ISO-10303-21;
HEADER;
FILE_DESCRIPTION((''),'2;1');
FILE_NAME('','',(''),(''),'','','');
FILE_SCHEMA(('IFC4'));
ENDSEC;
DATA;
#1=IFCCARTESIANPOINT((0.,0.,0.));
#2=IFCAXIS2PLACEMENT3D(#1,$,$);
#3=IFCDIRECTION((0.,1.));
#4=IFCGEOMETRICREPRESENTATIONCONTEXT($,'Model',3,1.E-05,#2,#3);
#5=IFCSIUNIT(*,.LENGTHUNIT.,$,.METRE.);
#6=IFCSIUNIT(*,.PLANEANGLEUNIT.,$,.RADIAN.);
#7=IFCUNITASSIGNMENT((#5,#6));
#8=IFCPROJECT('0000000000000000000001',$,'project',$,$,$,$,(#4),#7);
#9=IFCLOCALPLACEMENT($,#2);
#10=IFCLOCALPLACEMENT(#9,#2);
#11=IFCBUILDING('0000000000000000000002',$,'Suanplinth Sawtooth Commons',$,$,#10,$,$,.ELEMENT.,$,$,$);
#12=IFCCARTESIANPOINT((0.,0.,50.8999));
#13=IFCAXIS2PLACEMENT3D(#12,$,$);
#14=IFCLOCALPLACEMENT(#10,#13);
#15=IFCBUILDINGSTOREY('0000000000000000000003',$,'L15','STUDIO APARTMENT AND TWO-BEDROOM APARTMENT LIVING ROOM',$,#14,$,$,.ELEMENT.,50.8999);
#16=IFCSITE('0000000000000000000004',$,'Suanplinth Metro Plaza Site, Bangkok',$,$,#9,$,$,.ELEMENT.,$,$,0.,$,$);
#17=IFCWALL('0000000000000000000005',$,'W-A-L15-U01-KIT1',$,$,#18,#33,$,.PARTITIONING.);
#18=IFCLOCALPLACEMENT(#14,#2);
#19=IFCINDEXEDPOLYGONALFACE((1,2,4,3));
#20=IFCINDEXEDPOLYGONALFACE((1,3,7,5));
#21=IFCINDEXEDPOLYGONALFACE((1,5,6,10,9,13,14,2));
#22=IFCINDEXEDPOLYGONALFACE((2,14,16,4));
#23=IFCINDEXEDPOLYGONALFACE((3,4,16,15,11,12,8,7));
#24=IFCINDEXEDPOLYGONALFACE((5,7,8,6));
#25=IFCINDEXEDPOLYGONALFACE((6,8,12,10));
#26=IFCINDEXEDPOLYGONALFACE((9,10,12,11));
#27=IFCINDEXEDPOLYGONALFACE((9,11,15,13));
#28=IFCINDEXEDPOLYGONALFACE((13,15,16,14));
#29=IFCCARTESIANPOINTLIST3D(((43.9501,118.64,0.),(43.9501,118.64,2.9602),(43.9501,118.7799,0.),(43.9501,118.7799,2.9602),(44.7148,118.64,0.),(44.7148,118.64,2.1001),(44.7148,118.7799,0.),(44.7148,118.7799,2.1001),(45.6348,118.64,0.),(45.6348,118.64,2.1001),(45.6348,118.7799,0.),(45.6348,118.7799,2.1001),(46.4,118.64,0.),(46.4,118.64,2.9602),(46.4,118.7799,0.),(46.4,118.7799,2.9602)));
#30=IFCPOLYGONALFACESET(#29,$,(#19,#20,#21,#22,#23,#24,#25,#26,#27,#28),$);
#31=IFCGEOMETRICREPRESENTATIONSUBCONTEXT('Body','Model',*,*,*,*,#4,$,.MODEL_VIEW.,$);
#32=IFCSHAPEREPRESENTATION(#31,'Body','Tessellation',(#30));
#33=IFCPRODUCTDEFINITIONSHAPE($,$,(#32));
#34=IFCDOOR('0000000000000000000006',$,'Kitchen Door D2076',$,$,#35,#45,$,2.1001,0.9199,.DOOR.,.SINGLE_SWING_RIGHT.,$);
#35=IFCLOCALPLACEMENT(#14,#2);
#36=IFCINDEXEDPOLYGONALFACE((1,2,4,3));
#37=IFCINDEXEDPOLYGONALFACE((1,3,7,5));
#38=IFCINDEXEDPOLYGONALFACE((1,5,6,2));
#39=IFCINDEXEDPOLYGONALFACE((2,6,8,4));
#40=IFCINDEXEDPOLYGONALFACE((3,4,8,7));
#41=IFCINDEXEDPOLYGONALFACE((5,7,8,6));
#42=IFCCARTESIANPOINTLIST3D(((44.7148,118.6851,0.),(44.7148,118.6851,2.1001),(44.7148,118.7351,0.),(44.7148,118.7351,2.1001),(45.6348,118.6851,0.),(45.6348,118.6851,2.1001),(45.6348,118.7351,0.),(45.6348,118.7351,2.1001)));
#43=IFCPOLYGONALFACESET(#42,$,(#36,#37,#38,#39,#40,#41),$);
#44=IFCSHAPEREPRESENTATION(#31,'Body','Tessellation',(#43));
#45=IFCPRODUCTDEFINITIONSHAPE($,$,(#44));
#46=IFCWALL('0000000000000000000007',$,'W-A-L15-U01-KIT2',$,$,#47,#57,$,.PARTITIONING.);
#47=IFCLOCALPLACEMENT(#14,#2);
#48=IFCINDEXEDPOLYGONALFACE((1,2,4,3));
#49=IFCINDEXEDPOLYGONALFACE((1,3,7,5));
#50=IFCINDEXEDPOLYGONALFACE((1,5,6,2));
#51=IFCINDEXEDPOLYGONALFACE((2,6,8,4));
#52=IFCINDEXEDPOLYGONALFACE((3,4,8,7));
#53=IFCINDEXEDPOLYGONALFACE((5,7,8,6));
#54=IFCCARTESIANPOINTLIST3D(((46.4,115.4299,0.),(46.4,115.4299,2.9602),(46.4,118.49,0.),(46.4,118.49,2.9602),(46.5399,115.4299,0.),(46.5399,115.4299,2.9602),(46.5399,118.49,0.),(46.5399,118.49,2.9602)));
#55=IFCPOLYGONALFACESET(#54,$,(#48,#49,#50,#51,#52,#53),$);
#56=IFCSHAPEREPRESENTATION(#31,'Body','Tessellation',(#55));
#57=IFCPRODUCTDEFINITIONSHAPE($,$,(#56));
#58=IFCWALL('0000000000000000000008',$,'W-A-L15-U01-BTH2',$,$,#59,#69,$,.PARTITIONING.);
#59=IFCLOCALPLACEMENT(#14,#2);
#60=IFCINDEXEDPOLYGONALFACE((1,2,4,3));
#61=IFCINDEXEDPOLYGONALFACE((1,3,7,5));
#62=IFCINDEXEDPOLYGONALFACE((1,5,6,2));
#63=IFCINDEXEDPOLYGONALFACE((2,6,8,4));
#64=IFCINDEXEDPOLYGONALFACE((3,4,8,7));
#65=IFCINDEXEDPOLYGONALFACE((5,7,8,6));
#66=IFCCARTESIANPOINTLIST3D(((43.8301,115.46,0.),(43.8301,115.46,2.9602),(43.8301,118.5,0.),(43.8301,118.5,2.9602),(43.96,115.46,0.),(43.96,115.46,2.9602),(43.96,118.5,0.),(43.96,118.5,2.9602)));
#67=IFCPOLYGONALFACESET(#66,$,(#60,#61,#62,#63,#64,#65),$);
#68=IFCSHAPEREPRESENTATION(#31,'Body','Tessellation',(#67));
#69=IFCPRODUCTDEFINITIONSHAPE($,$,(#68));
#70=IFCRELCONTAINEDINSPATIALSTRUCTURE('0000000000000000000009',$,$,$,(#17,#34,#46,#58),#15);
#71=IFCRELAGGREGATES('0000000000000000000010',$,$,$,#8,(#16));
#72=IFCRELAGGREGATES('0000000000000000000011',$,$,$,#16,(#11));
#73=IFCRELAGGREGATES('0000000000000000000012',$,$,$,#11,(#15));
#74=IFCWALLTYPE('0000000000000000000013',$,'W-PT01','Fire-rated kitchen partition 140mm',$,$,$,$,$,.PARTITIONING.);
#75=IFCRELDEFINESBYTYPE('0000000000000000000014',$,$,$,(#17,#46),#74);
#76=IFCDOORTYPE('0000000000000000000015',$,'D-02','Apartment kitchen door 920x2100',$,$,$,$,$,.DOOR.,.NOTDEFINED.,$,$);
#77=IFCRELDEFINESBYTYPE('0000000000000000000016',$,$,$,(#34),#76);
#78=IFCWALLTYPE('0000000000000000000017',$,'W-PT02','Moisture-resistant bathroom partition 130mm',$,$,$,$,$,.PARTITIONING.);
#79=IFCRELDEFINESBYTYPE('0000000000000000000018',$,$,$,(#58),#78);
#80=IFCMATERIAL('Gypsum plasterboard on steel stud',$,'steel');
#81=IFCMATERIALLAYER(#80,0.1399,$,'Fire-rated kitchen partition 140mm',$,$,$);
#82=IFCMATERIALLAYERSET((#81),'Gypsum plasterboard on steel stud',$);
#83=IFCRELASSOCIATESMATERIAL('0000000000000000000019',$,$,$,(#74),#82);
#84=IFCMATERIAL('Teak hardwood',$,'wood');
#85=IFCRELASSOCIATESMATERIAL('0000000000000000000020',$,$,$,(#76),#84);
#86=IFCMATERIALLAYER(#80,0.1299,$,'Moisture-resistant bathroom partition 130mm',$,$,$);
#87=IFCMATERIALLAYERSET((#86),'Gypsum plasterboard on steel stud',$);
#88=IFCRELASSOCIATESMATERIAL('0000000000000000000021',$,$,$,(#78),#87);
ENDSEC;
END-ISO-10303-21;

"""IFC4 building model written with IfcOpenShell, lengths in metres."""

from ifc_helpers import new_model, si_unit, direction, frame, frame_2d, origin, place, context, subcontext, project, spatial, rectangle, extrude, material, layer, layer_set, type_object, element, fill, save


model = new_model("IFC4")

# Units and contexts
model_context = context("Model", 3, precision=1e-05, world=origin(), true_north=direction((0.0, 1.0)))
body_context = subcontext(model_context, "Body", "Model", "MODEL_VIEW")
ifc_project = project(units=[si_unit("LENGTHUNIT", "METRE"), si_unit("PLANEANGLEUNIT", "RADIAN")], contexts=[model_context])

# Site, building, storey
site_placement = place(None, origin())
site = spatial("IfcSite", under=ifc_project, at=site_placement, Name="Suanplinth Metro Plaza Site, Bangkok", CompositionType="ELEMENT", RefElevation=0.0)
building_placement = place(site_placement, origin())
building = spatial("IfcBuilding", under=site, at=building_placement, Name="Suanplinth Sawtooth Commons", CompositionType="ELEMENT")
storey_placement = place(building_placement, frame((0.0, 0.0, 50.8999)))
storey = spatial("IfcBuildingStorey", under=building, at=storey_placement, Name="L15", Description="STUDIO APARTMENT AND TWO-BEDROOM APARTMENT LIVING ROOM", CompositionType="ELEMENT", Elevation=50.8999)

# Wall, opening, door
ifc_material_1 = material(Name="Gypsum plasterboard on steel stud", Category="steel")
ifc_layer_1 = layer(ifc_material_1, 0.1399, Name="Fire-rated kitchen partition 140mm")
ifc_layer_set_1 = layer_set([ifc_layer_1], Name="Gypsum plasterboard on steel stud")
wall_type_1 = type_object("IfcWallType", Name="W-PT01", Description="Fire-rated kitchen partition 140mm", PredefinedType="PARTITIONING", material=ifc_layer_set_1)
wall_1_placement = place(storey_placement, frame((43.95, 118.71, 0.0), z_axis=(0.0, 0.0, 1.0), x_axis=(1.0, 0.0, 0.0)))
wall_1 = element("IfcWall", 1, at=wall_1_placement, inside=storey, type_object=wall_type_1, Name="W-A-L15-U01-KIT1", PredefinedType="PARTITIONING", context=body_context, shape_type="SweptSolid", body=[
    extrude(rectangle(XDim=2.45, YDim=0.1399, at=frame_2d((1.2251, 0.0))), origin(), (0.0, 0.0, 1.0), 2.9602),
])
opening_1_placement = place(wall_1_placement, frame((0.7649, 0.0, 0.0)))
opening_1 = element("IfcOpeningElement", 2, at=opening_1_placement, cuts=wall_1, PredefinedType="OPENING", context=body_context, shape_type="SweptSolid", body=[
    extrude(rectangle(XDim=0.9199, YDim=2.1001, at=frame_2d((0.46, 1.05))), frame((0.0, 0.085, 0.0), z_axis=(0.0, -1.0, 0.0), x_axis=(1.0, 0.0, 0.0)), (0.0, 0.0, 1.0), 0.1697),
])
ifc_material_2 = material(Name="Teak hardwood", Category="wood")
door_type_1 = type_object("IfcDoorType", Name="D-02", Description="Apartment kitchen door 920x2100", OperationType="NOTDEFINED", PredefinedType="DOOR", material=ifc_material_2)
door_1_placement = place(opening_1_placement, frame((0.9199, 0.0, 0.0), z_axis=(0.0, 0.0, 1.0), x_axis=(-1.0, 0.0, 0.0)))
door_1 = element("IfcDoor", 3, at=door_1_placement, inside=storey, type_object=door_type_1, Name="Kitchen Door D2076", OperationType="SINGLE_SWING_RIGHT", OverallHeight=2.1001, OverallWidth=0.9199, PredefinedType="DOOR", context=body_context, shape_type="SweptSolid", body=[
    extrude(rectangle(XDim=0.9199, YDim=2.1001, at=frame_2d((0.46, 1.05))), frame((0.0, 0.0249, 0.0), z_axis=(0.0, -1.0, 0.0), x_axis=(1.0, 0.0, 0.0)), (0.0, 0.0, 1.0), 0.05),
])
fill(opening_1, door_1)

# Walls
wall_2_placement = place(storey_placement, frame((46.47, 115.4299, 0.0), z_axis=(0.0, 0.0, 1.0), x_axis=(0.0, 1.0, 0.0)))
element("IfcWall", 4, at=wall_2_placement, inside=storey, type_object=wall_type_1, Name="W-A-L15-U01-KIT2", PredefinedType="PARTITIONING", context=body_context, shape_type="SweptSolid", body=[
    extrude(rectangle(XDim=3.0601, YDim=0.1399, at=frame_2d((1.53, 0.0))), origin(), (0.0, 0.0, 1.0), 2.9602),
])
ifc_layer_2 = layer(ifc_material_1, 0.1299, Name="Moisture-resistant bathroom partition 130mm")
ifc_layer_set_2 = layer_set([ifc_layer_2], Name="Gypsum plasterboard on steel stud")
wall_type_2 = type_object("IfcWallType", Name="W-PT02", Description="Moisture-resistant bathroom partition 130mm", PredefinedType="PARTITIONING", material=ifc_layer_set_2)
wall_3_placement = place(storey_placement, frame((43.895, 115.46, 0.0), z_axis=(0.0, 0.0, 1.0), x_axis=(0.0, 1.0, 0.0)))
element("IfcWall", 5, at=wall_3_placement, inside=storey, type_object=wall_type_2, Name="W-A-L15-U01-BTH2", PredefinedType="PARTITIONING", context=body_context, shape_type="SweptSolid", body=[
    extrude(rectangle(XDim=3.04, YDim=0.1299, at=frame_2d((1.52, 0.0))), origin(), (0.0, 0.0, 1.0), 2.9602),
])

save(model, "model.ifc")
